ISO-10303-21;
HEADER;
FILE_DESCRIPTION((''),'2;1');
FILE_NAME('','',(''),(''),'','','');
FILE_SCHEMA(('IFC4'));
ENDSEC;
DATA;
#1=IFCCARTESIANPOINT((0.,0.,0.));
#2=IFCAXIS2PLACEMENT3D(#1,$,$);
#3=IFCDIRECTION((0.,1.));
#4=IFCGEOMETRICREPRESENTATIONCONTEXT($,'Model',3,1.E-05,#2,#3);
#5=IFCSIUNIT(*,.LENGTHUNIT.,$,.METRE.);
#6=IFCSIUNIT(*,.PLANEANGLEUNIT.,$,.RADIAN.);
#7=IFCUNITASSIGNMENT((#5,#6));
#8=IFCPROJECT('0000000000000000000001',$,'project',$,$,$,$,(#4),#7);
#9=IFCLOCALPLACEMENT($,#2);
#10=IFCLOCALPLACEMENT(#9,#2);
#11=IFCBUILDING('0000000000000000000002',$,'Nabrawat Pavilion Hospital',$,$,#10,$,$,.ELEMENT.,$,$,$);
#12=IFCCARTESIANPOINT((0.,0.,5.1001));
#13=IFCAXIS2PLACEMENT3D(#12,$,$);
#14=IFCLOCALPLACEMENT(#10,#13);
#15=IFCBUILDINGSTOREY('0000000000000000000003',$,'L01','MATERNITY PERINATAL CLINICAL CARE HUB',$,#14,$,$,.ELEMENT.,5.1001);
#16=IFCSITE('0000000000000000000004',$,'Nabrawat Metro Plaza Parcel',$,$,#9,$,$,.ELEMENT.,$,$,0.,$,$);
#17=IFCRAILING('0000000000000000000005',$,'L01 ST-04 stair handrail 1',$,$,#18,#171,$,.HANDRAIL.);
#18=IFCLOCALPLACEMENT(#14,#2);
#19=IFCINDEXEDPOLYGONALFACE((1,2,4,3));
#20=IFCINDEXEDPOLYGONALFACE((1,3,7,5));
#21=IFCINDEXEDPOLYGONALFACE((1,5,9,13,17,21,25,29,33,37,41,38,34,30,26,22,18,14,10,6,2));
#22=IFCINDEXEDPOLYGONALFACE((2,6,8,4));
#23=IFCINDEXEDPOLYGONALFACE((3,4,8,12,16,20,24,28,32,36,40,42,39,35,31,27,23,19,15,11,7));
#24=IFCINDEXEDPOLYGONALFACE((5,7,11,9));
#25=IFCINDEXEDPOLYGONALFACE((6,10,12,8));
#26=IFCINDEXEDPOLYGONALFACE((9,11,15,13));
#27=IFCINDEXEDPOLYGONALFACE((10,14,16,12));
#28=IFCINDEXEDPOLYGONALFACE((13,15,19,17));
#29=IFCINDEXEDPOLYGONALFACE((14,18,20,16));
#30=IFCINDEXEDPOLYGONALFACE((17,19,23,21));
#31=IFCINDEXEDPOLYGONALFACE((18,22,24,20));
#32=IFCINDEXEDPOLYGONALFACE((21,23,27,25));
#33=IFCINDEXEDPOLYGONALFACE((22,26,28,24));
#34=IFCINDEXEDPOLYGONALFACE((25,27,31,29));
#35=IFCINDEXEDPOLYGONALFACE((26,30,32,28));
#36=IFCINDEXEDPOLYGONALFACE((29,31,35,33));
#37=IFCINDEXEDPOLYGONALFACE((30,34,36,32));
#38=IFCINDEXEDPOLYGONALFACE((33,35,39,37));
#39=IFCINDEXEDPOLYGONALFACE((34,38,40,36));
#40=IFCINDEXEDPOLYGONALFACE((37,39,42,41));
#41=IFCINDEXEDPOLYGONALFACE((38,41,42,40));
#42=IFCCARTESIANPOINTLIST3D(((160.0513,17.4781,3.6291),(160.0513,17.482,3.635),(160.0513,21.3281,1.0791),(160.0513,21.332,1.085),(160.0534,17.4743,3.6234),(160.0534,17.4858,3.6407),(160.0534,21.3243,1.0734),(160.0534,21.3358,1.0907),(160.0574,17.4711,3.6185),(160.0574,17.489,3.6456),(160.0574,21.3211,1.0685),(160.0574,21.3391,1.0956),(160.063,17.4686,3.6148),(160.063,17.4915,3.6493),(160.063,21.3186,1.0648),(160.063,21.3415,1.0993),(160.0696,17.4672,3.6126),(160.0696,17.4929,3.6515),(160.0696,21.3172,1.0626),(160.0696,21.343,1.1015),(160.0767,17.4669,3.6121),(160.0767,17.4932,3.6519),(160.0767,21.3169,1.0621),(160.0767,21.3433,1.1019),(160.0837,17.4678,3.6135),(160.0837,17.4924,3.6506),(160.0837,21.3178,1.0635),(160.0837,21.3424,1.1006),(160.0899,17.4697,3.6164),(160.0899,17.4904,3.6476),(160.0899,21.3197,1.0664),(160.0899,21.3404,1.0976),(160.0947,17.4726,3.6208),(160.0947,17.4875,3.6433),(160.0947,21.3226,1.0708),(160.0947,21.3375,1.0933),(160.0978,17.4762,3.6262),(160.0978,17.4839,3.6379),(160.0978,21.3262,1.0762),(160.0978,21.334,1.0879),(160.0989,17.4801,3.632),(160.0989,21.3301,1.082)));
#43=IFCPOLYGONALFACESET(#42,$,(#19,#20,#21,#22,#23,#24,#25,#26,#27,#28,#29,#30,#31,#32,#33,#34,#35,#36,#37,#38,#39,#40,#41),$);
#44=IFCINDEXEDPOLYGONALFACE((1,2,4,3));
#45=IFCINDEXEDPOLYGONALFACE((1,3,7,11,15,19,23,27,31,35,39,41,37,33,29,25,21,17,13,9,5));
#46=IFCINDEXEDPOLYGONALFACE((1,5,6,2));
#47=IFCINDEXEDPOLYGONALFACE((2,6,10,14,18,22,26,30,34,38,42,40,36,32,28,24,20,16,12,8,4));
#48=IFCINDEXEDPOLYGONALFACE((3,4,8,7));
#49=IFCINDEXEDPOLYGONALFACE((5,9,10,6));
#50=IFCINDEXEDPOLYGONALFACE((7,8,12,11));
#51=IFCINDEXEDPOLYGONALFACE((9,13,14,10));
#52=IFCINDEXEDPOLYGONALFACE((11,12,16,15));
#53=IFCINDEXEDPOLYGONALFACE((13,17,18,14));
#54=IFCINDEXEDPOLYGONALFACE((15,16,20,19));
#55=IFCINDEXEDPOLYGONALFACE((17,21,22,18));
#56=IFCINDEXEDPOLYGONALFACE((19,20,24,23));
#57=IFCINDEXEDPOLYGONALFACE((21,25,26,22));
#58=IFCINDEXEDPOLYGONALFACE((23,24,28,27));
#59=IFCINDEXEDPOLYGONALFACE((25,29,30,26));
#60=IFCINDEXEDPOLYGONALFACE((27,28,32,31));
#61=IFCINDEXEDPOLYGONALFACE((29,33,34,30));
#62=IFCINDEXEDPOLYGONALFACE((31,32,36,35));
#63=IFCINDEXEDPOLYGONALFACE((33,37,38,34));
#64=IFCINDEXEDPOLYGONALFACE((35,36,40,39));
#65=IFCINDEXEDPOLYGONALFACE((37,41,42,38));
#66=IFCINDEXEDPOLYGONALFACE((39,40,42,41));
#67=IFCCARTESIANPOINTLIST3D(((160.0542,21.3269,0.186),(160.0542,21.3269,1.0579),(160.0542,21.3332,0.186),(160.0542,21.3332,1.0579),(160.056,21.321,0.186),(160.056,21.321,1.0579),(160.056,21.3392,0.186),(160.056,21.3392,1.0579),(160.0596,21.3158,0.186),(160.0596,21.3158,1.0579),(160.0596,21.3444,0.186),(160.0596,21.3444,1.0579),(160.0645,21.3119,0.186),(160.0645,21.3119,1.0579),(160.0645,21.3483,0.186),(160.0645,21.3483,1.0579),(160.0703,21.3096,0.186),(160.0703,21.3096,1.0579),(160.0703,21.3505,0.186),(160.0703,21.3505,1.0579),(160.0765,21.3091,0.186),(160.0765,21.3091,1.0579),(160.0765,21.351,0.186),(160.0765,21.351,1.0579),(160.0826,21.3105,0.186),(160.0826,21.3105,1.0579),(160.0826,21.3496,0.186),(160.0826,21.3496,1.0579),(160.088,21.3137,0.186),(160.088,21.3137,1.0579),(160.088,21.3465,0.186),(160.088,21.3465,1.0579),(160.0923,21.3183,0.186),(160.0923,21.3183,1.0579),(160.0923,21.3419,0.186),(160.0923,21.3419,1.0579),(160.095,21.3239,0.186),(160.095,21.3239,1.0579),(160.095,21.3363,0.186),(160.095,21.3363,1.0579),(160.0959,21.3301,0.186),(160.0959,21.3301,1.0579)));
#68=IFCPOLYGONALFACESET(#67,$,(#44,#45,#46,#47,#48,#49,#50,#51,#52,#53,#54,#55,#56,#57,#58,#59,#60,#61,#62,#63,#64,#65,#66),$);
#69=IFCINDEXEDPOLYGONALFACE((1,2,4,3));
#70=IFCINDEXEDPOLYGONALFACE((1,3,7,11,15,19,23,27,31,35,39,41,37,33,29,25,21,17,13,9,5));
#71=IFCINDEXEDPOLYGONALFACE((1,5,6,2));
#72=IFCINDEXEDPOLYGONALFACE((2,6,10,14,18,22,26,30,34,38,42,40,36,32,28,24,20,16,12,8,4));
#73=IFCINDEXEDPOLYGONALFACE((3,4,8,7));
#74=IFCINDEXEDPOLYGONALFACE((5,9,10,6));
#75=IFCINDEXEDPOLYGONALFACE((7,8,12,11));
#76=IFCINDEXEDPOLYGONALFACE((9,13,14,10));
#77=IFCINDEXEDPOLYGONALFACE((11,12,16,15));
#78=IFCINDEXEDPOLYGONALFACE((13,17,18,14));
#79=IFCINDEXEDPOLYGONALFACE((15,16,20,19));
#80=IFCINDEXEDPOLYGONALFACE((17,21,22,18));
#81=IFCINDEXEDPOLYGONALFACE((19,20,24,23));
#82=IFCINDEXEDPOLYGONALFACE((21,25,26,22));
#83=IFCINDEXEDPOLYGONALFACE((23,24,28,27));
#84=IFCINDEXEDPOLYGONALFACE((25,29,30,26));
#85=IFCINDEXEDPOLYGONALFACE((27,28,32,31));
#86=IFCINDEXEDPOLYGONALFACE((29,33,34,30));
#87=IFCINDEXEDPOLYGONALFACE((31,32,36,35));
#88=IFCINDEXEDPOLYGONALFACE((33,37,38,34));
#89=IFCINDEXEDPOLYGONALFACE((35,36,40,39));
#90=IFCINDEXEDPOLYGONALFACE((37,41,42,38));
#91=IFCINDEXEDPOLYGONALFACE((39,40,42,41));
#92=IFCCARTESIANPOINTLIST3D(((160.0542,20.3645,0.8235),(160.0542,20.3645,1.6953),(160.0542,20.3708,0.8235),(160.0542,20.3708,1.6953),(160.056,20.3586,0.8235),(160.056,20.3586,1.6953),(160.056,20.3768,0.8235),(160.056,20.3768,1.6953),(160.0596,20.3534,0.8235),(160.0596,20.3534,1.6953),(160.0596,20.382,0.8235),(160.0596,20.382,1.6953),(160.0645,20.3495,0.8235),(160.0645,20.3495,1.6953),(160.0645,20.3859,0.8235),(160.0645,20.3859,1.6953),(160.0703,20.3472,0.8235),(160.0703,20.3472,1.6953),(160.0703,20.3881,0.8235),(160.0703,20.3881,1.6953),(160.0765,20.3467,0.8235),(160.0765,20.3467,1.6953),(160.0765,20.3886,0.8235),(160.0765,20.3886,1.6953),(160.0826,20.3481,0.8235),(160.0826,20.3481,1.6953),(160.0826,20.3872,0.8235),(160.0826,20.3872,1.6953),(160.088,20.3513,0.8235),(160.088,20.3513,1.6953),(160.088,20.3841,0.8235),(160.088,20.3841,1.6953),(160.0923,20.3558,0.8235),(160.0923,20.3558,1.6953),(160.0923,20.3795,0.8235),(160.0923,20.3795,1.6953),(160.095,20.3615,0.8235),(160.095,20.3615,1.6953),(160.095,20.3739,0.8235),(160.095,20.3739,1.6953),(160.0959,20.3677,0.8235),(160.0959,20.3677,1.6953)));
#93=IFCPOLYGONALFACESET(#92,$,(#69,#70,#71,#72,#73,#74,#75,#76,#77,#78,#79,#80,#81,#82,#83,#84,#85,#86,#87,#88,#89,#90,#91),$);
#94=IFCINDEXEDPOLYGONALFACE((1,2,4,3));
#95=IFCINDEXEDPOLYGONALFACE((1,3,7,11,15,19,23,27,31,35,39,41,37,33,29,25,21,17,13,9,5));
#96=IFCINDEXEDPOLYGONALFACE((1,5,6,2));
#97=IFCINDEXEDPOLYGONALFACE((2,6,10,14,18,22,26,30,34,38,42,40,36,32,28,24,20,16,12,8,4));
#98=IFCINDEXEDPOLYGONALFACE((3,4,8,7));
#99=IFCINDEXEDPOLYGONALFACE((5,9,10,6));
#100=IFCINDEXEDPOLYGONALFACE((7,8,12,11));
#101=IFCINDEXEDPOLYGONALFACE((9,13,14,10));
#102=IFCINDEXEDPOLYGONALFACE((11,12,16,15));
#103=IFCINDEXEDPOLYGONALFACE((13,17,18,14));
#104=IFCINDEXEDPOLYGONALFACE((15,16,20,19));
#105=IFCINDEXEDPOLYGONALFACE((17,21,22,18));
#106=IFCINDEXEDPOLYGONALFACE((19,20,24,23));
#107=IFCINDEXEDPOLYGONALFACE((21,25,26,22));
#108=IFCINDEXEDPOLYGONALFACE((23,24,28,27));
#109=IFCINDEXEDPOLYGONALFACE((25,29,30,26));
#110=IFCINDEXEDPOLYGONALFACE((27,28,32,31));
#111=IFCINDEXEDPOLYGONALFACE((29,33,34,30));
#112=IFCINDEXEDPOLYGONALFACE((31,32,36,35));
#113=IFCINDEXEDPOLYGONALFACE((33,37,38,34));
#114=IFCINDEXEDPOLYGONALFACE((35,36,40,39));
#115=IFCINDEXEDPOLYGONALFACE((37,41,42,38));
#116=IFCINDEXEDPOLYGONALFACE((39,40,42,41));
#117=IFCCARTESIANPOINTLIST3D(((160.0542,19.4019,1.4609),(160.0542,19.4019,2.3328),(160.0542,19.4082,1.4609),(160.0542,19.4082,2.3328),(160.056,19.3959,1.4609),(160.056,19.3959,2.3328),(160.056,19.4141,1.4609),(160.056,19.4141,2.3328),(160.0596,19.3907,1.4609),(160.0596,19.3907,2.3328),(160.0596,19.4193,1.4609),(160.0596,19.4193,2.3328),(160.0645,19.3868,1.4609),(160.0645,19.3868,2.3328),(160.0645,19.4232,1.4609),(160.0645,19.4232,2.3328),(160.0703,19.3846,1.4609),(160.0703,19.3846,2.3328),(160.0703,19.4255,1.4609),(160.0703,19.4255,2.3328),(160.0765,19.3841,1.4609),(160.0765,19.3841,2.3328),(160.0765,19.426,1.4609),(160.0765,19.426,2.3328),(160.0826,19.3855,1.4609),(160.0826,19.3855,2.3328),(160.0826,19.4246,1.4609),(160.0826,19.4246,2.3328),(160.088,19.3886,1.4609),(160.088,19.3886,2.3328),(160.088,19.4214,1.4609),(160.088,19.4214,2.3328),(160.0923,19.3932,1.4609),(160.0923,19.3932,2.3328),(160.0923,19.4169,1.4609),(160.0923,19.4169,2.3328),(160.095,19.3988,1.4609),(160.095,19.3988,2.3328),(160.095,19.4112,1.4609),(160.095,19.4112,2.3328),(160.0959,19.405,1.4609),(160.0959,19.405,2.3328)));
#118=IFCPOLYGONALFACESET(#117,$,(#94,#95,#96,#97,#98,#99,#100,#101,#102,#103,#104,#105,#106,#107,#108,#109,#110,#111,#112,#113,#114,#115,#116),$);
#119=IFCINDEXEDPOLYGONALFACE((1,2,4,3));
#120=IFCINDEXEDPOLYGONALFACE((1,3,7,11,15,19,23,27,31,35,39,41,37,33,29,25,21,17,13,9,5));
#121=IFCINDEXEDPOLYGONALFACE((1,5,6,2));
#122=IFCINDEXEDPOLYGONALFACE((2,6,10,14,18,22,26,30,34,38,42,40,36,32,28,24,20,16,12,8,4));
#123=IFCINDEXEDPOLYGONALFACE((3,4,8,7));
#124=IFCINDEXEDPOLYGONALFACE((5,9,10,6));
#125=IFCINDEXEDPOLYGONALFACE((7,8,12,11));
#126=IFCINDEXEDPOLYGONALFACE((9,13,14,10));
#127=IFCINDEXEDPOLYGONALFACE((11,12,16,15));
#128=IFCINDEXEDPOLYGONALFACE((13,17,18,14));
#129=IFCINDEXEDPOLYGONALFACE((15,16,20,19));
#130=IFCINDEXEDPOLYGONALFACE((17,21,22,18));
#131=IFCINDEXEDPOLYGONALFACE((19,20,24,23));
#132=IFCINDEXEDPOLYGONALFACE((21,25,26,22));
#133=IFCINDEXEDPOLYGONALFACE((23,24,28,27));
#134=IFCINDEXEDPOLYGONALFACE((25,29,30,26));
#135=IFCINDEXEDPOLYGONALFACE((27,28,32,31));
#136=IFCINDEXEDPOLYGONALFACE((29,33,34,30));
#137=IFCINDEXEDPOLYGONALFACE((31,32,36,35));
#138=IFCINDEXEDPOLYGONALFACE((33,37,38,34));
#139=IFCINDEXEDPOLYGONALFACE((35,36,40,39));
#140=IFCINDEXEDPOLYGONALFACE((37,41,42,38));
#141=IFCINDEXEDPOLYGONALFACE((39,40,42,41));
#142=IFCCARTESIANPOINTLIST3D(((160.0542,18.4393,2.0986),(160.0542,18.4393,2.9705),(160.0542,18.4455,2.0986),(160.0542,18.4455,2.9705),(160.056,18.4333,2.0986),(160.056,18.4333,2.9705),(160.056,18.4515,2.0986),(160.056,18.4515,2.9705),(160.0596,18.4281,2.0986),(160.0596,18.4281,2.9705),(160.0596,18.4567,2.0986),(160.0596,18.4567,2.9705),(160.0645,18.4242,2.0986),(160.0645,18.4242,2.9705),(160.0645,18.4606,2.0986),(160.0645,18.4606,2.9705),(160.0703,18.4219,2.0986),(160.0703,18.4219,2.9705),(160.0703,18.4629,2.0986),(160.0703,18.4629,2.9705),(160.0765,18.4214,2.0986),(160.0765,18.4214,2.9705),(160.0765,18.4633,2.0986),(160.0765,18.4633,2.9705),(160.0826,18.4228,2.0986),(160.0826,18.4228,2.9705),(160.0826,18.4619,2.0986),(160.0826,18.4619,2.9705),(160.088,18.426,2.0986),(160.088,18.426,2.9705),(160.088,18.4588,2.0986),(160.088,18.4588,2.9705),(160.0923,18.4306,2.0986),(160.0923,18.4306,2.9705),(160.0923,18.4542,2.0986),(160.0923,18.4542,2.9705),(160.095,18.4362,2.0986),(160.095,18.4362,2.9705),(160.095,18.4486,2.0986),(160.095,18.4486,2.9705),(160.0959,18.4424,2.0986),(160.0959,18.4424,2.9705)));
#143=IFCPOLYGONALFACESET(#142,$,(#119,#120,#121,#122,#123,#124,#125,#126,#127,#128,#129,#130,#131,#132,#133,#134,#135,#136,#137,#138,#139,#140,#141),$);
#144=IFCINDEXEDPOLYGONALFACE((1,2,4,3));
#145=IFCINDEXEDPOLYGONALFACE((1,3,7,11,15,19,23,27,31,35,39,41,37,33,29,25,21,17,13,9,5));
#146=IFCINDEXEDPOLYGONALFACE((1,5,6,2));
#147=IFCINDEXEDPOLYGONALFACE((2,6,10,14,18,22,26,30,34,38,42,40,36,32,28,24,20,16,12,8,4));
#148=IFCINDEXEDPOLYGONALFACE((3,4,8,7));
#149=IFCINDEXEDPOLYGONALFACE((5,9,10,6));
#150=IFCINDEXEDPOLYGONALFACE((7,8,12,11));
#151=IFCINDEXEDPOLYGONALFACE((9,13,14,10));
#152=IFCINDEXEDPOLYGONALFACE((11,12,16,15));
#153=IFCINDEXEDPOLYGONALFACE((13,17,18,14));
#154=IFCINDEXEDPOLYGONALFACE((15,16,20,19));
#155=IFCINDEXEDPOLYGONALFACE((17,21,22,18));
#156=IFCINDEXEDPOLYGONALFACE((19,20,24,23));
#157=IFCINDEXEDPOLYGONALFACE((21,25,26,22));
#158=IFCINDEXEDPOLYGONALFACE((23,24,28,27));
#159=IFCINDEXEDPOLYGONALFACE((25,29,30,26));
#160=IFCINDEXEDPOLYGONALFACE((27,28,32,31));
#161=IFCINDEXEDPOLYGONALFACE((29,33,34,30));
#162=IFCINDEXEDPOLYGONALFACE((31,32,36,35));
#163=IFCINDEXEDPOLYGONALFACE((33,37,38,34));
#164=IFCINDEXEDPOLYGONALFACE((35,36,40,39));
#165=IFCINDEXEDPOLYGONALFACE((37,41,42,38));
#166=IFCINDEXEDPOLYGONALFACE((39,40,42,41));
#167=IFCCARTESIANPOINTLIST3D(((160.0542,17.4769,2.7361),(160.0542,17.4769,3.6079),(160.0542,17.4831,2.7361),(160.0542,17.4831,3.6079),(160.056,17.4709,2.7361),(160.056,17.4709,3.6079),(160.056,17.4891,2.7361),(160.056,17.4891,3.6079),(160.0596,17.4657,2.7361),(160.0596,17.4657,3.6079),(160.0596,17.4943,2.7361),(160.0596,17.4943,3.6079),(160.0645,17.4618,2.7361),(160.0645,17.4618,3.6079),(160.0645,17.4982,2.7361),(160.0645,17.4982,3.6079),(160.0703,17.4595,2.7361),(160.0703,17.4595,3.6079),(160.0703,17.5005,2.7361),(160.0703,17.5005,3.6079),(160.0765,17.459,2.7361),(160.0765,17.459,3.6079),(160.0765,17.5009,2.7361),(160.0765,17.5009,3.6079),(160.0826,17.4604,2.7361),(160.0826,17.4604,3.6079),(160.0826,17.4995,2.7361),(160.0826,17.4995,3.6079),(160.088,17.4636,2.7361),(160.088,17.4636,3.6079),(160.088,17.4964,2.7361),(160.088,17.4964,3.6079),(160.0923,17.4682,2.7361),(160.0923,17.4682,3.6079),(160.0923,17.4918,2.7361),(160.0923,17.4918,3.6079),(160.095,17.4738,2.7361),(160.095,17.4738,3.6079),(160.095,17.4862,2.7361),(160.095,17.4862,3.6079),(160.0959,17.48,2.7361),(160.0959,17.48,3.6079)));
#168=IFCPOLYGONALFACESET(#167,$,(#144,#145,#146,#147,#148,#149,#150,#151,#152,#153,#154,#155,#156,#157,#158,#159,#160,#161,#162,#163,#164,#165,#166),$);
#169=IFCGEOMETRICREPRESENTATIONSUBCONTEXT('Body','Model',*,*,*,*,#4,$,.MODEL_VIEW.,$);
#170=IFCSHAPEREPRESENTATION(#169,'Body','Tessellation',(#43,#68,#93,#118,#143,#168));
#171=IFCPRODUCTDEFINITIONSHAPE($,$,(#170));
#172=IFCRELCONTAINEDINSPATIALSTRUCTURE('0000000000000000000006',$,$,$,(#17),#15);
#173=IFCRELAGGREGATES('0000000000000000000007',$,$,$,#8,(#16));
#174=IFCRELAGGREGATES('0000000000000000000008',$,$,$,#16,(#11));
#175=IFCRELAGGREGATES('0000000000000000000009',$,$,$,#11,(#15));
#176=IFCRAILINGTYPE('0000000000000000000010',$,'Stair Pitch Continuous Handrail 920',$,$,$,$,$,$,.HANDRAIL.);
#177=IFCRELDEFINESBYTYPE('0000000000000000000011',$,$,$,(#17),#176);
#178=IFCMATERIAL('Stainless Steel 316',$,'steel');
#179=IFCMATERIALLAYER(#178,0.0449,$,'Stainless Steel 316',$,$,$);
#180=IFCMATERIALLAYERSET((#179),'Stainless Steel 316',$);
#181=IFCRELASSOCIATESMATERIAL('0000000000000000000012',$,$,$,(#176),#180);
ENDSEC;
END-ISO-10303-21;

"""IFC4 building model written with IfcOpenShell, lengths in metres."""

from ifc_helpers import new_model, si_unit, direction, frame, origin, origin_2d, place, context, subcontext, project, spatial, circle, extrude, material, layer, layer_set, type_object, element, save


model = new_model("IFC4")

# Units and contexts
model_context = context("Model", 3, precision=1e-05, world=origin(), true_north=direction((0.0, 1.0)))
body_context = subcontext(model_context, "Body", "Model", "MODEL_VIEW")
ifc_project = project(units=[si_unit("LENGTHUNIT", "METRE"), si_unit("PLANEANGLEUNIT", "RADIAN")], contexts=[model_context])

# Site, building, storey
site_placement = place(None, origin())
site = spatial("IfcSite", under=ifc_project, at=site_placement, Name="Nabrawat Metro Plaza Parcel", CompositionType="ELEMENT", RefElevation=0.0)
building_placement = place(site_placement, origin())
building = spatial("IfcBuilding", under=site, at=building_placement, Name="Nabrawat Pavilion Hospital", CompositionType="ELEMENT")
storey_placement = place(building_placement, frame((0.0, 0.0, 5.1001)))
storey = spatial("IfcBuildingStorey", under=building, at=storey_placement, Name="L01", Description="MATERNITY PERINATAL CLINICAL CARE HUB", CompositionType="ELEMENT", Elevation=5.1001)

# Railing
ifc_material_1 = material(Name="Stainless Steel 316", Category="steel")
ifc_layer_1 = layer(ifc_material_1, 0.0449, Name="Stainless Steel 316")
ifc_layer_set_1 = layer_set([ifc_layer_1], Name="Stainless Steel 316")
railing_type_1 = type_object("IfcRailingType", Name="Stair Pitch Continuous Handrail 920", PredefinedType="HANDRAIL", material=ifc_layer_set_1)
railing_1_placement = place(storey_placement, frame((160.075, 21.3301, 0.186)))
element("IfcRailing", 1, at=railing_1_placement, inside=storey, type_object=railing_type_1, Name="L01 ST-04 stair handrail 1", PredefinedType="HANDRAIL", context=body_context, shape_type="SweptSolid", body=[
    extrude(circle(Radius=0.0239, at=origin_2d()), frame((0.0, 0.0, 0.896), z_axis=(0.0, -0.833714, 0.552197), x_axis=(1.0, 0.0, 0.0)), (0.0, 0.0, 1.0), 4.6179),
    extrude(circle(Radius=0.021, at=origin_2d()), origin(), (0.0, 0.0, 1.0), 0.8718),
    extrude(circle(Radius=0.021, at=origin_2d()), frame((0.0, -0.9624, 0.6375)), (0.0, 0.0, 1.0), 0.8718),
    extrude(circle(Radius=0.021, at=origin_2d()), frame((0.0, -1.925, 1.2749)), (0.0, 0.0, 1.0), 0.8718),
    extrude(circle(Radius=0.021, at=origin_2d()), frame((0.0, -2.8877, 1.9126)), (0.0, 0.0, 1.0), 0.8718),
    extrude(circle(Radius=0.021, at=origin_2d()), frame((0.0, -3.8501, 2.55)), (0.0, 0.0, 1.0), 0.8718),
])

save(model, "model.ifc")
